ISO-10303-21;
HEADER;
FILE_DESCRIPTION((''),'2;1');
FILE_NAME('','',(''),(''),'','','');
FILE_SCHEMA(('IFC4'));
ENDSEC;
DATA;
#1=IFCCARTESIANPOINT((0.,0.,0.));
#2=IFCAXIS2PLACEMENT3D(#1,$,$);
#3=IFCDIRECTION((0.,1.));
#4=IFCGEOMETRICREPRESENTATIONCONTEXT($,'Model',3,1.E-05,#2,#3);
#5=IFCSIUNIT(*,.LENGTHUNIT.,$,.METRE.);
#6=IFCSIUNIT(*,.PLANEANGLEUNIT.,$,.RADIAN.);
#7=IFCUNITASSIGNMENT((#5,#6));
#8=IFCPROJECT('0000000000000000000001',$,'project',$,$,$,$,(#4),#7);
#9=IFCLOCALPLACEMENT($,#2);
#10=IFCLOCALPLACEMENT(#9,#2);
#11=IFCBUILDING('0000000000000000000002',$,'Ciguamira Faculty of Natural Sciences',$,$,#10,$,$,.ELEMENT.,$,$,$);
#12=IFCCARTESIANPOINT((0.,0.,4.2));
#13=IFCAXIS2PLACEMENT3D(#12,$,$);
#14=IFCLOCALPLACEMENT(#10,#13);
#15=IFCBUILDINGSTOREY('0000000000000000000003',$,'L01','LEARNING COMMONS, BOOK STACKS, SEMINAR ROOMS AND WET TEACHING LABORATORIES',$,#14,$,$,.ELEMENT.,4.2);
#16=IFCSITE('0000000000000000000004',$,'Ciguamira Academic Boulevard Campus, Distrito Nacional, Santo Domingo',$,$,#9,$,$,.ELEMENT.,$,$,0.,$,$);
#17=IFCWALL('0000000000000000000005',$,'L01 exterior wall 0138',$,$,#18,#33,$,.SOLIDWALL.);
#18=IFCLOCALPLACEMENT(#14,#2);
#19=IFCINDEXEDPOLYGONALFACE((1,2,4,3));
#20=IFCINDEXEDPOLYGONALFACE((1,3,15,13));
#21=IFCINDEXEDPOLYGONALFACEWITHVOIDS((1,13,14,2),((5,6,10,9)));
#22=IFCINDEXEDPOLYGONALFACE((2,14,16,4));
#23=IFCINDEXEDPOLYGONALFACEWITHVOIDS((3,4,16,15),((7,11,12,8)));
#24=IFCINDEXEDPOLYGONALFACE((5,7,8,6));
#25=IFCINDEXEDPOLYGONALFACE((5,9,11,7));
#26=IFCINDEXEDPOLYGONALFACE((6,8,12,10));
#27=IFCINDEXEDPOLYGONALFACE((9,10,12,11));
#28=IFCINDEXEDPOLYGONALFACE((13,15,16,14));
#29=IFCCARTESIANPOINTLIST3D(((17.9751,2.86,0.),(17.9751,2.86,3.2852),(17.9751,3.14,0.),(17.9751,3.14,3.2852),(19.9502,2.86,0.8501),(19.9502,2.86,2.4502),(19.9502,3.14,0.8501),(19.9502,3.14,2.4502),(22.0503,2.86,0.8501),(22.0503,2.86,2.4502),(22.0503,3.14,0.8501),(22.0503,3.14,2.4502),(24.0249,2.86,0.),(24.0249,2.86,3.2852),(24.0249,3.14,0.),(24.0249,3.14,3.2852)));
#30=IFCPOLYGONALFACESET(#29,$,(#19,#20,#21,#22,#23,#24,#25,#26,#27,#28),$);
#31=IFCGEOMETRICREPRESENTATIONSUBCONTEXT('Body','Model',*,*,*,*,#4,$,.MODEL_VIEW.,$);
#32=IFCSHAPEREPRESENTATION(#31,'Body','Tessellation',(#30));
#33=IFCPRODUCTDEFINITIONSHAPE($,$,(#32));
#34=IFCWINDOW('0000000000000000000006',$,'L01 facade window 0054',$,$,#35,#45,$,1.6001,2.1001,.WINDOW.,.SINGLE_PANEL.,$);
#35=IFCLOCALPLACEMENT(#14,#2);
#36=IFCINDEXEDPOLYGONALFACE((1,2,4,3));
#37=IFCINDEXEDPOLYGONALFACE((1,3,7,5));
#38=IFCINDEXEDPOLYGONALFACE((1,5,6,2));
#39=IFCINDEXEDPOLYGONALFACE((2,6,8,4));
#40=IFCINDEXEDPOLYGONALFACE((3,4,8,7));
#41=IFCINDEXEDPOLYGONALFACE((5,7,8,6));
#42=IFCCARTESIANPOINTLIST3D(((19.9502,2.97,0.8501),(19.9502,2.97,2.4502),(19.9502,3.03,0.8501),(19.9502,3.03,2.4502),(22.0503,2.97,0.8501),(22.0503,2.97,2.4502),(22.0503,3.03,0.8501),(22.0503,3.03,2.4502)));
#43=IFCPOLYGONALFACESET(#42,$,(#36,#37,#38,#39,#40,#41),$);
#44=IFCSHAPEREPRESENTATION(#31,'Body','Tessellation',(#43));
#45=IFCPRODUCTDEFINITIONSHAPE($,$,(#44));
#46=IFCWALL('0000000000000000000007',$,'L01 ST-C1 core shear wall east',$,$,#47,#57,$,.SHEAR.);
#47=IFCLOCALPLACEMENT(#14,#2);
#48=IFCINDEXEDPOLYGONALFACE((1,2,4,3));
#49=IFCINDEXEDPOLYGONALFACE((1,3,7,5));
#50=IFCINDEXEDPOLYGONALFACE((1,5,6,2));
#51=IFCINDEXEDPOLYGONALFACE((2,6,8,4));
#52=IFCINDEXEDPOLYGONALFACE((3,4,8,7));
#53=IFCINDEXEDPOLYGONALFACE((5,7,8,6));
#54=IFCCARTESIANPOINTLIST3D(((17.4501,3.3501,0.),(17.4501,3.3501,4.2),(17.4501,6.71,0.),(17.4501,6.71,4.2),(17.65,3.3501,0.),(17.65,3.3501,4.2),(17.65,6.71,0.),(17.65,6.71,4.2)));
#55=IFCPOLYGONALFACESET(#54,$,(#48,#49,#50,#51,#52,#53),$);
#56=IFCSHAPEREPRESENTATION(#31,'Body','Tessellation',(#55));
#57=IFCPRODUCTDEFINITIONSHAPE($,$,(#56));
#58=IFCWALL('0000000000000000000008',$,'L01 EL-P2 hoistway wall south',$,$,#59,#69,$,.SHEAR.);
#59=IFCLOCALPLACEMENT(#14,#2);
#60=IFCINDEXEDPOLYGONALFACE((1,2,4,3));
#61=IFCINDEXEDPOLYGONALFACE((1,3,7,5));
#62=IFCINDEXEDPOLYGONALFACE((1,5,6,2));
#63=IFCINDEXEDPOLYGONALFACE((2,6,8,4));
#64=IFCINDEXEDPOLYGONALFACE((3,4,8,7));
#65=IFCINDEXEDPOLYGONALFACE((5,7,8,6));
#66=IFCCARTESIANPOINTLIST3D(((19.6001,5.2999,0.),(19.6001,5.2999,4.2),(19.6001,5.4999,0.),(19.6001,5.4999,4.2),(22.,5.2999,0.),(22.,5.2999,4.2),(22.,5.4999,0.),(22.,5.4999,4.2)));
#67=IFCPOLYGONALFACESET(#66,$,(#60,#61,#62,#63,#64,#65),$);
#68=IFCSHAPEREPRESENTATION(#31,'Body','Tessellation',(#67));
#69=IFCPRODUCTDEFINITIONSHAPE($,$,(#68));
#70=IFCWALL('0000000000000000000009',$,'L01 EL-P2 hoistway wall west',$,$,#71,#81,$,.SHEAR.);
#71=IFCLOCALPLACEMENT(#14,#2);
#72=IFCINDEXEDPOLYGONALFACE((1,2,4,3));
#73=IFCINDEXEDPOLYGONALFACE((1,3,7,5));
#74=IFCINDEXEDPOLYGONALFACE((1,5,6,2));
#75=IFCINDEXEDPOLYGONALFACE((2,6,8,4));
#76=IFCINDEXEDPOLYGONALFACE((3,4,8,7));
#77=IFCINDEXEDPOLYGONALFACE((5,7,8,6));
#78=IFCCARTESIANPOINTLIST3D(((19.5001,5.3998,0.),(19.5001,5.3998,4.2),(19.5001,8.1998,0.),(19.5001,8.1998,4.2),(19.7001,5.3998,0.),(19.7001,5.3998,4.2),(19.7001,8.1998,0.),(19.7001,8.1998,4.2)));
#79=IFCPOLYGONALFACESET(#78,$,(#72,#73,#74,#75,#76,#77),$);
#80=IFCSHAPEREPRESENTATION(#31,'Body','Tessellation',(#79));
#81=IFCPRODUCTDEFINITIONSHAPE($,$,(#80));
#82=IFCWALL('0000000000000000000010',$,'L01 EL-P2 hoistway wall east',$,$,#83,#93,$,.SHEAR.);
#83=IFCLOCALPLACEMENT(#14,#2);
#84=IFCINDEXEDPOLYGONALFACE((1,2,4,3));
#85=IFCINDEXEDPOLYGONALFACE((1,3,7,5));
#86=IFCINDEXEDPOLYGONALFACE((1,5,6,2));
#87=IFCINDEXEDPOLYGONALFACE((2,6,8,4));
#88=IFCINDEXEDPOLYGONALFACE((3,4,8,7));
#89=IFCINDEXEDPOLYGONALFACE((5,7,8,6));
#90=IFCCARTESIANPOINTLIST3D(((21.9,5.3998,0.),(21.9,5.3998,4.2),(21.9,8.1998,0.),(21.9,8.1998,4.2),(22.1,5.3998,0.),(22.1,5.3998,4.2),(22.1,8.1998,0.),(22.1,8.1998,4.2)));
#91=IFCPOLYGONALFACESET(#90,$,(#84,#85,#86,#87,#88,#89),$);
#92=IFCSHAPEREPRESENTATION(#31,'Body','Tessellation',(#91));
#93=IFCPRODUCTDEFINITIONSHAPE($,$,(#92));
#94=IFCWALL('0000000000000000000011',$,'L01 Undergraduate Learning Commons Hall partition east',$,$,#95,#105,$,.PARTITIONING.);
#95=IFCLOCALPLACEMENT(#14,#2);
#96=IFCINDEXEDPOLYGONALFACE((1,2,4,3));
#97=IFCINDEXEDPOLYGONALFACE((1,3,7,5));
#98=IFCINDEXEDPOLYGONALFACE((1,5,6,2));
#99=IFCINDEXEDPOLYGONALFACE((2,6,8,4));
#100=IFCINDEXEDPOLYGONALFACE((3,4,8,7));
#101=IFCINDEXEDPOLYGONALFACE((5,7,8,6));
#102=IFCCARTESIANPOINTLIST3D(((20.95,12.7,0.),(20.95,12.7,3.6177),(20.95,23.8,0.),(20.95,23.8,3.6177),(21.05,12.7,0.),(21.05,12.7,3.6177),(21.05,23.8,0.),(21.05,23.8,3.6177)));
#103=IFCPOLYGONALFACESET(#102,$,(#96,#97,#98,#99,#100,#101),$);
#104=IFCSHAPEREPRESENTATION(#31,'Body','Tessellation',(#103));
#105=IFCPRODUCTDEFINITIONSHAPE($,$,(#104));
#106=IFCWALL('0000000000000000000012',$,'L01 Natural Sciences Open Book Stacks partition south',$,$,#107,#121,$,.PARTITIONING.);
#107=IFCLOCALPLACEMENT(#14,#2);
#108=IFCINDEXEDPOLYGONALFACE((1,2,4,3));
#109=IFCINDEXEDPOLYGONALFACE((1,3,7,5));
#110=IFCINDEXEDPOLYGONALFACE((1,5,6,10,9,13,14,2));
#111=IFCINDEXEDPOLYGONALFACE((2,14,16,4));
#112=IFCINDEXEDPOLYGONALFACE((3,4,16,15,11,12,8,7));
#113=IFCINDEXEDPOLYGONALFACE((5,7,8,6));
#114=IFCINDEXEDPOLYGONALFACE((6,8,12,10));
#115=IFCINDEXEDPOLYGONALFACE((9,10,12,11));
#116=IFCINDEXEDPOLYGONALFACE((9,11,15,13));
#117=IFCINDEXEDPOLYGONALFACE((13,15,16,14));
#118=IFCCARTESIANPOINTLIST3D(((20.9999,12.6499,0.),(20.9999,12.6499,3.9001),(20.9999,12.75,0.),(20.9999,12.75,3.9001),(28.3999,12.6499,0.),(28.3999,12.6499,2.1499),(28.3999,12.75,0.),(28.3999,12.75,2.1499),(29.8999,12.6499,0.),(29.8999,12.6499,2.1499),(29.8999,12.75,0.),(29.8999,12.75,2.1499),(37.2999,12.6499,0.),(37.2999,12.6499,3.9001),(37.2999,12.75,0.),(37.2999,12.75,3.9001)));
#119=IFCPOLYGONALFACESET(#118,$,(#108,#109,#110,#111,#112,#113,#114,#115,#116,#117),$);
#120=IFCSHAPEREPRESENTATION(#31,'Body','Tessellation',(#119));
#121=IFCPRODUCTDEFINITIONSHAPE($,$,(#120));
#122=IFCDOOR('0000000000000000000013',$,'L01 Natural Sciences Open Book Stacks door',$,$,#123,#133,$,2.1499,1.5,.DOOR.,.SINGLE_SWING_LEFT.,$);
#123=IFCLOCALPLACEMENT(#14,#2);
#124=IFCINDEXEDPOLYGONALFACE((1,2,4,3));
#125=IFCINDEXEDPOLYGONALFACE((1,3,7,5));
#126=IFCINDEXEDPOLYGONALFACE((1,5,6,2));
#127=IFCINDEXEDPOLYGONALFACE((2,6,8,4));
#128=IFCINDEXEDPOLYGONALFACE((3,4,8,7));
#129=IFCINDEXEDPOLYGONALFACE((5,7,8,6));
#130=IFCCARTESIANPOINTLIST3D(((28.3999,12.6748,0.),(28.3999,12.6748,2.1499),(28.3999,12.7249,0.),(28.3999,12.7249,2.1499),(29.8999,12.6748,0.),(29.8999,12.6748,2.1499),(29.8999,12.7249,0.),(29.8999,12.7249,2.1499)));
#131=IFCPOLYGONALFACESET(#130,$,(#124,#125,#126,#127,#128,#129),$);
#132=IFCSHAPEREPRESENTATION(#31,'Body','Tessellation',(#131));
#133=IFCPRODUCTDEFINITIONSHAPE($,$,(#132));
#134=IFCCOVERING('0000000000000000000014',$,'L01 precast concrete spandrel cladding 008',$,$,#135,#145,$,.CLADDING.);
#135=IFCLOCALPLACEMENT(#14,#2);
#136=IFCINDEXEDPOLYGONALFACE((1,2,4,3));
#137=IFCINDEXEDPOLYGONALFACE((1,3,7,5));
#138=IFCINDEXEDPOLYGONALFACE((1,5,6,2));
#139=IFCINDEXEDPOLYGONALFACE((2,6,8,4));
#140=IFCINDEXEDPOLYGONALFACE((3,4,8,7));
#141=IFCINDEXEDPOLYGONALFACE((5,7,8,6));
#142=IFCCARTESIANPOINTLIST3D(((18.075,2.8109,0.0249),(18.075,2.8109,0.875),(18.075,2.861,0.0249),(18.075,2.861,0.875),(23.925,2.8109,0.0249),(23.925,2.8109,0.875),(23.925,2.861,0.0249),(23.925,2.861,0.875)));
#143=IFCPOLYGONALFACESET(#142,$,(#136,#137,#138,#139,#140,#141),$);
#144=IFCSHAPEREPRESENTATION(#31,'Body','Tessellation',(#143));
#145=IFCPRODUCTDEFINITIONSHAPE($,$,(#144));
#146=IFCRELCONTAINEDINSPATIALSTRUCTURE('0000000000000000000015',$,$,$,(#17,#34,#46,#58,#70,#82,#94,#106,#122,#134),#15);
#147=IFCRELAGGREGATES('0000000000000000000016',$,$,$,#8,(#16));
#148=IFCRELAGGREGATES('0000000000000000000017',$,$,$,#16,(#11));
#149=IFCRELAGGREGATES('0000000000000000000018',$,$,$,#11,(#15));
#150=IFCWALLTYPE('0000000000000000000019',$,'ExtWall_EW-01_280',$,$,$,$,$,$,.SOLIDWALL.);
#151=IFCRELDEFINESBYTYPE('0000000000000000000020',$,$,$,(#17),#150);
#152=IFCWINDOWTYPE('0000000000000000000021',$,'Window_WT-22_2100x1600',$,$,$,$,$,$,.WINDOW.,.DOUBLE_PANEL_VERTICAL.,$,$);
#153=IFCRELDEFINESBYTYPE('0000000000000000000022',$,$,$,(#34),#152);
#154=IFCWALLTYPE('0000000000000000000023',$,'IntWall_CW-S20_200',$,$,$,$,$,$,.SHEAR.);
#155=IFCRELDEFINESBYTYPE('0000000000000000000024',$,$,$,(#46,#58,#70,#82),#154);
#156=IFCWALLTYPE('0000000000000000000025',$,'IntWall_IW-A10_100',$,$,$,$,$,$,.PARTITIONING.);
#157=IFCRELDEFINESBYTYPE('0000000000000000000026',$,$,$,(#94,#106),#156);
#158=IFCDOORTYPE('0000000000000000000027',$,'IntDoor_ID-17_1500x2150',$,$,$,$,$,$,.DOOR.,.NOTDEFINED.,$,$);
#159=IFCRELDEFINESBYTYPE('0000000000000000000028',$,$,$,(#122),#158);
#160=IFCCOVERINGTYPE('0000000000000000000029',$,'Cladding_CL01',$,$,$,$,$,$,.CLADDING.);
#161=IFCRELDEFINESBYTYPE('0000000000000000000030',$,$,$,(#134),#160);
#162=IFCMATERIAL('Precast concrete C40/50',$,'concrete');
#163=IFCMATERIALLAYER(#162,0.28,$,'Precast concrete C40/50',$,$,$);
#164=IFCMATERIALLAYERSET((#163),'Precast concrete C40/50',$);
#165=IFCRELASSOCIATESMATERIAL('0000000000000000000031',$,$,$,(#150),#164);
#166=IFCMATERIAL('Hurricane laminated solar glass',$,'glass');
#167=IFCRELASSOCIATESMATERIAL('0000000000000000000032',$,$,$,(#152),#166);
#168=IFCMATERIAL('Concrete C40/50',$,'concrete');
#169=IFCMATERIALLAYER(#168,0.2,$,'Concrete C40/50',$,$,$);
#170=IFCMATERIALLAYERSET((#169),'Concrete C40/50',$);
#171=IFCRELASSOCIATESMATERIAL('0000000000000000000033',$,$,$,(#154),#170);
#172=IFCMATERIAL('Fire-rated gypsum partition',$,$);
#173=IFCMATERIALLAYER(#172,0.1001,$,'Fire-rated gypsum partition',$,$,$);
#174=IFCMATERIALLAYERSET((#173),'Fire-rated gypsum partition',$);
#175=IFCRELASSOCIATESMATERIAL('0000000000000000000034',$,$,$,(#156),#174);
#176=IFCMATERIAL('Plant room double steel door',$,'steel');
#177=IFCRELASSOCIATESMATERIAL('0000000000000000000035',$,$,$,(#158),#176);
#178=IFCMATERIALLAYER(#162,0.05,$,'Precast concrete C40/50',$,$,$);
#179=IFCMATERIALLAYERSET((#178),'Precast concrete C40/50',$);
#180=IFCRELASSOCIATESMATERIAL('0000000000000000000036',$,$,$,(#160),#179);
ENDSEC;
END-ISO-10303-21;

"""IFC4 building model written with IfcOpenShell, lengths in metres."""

from ifc_helpers import new_model, si_unit, direction, frame, frame_2d, origin, origin_2d, place, context, subcontext, project, spatial, rectangle, extrude, material, layer, layer_set, type_object, element, fill, save


model = new_model("IFC4")

# Units and contexts
model_context = context("Model", 3, precision=1e-05, world=origin(), true_north=direction((0.0, 1.0)))
body_context = subcontext(model_context, "Body", "Model", "MODEL_VIEW")
ifc_project = project(units=[si_unit("LENGTHUNIT", "METRE"), si_unit("PLANEANGLEUNIT", "RADIAN")], contexts=[model_context])

# Site, building, storey
site_placement = place(None, origin())
site = spatial("IfcSite", under=ifc_project, at=site_placement, Name="Ciguamira Academic Boulevard Campus, Distrito Nacional, Santo Domingo", CompositionType="ELEMENT", RefElevation=0.0)
building_placement = place(site_placement, origin())
building = spatial("IfcBuilding", under=site, at=building_placement, Name="Ciguamira Faculty of Natural Sciences", CompositionType="ELEMENT")
storey_placement = place(building_placement, frame((0.0, 0.0, 4.2)))
storey = spatial("IfcBuildingStorey", under=building, at=storey_placement, Name="L01", Description="LEARNING COMMONS, BOOK STACKS, SEMINAR ROOMS AND WET TEACHING LABORATORIES", CompositionType="ELEMENT", Elevation=4.2)

# Shared definitions
ifc_material_1 = material(Name="Concrete C40/50", Category="concrete")

# Wall, opening, window
ifc_material_2 = material(Name="Precast concrete C40/50", Category="concrete")
ifc_layer_1 = layer(ifc_material_2, 0.28, Name="Precast concrete C40/50")
ifc_layer_set_1 = layer_set([ifc_layer_1], Name="Precast concrete C40/50")
wall_type_1 = type_object("IfcWallType", Name="ExtWall_EW-01_280", PredefinedType="SOLIDWALL", material=ifc_layer_set_1)
wall_1_placement = place(storey_placement, frame((17.9751, 3.0, 0.0), z_axis=(0.0, 0.0, 1.0), x_axis=(1.0, 0.0, 0.0)))
wall_1 = element("IfcWall", 1, at=wall_1_placement, inside=storey, type_object=wall_type_1, Name="L01 exterior wall 0138", PredefinedType="SOLIDWALL", context=body_context, shape_type="SweptSolid", body=[
    extrude(rectangle(XDim=6.0498, YDim=0.28, at=frame_2d((3.0249, 0.0))), origin(), (0.0, 0.0, 1.0), 3.2852),
])
opening_1_placement = place(wall_1_placement, frame((1.9751, 0.0, 0.8501)))
opening_1 = element("IfcOpeningElement", 2, at=opening_1_placement, cuts=wall_1, PredefinedType="OPENING", context=body_context, shape_type="SweptSolid", body=[
    extrude(rectangle(XDim=2.1001, YDim=1.6001, at=frame_2d((1.05, 0.8))), frame((0.0, 0.1499, 0.0), z_axis=(0.0, -1.0, 0.0), x_axis=(1.0, 0.0, 0.0)), (0.0, 0.0, 1.0), 0.3),
])
ifc_material_3 = material(Name="Hurricane laminated solar glass", Category="glass")
window_type = type_object("IfcWindowType", Name="Window_WT-22_2100x1600", PartitioningType="DOUBLE_PANEL_VERTICAL", PredefinedType="WINDOW", material=ifc_material_3)
window_placement = place(opening_1_placement, origin())
window = element("IfcWindow", 3, at=window_placement, inside=storey, type_object=window_type, Name="L01 facade window 0054", OverallHeight=1.6001, OverallWidth=2.1001, PartitioningType="SINGLE_PANEL", PredefinedType="WINDOW", context=body_context, shape_type="SweptSolid", body=[
    extrude(rectangle(XDim=2.1001, YDim=1.6001, at=frame_2d((1.05, 0.8))), frame((0.0, 0.03, 0.0), z_axis=(0.0, -1.0, 0.0), x_axis=(1.0, 0.0, 0.0)), (0.0, 0.0, 1.0), 0.0601),
])
fill(opening_1, window)

# Walls
ifc_layer_2 = layer(ifc_material_1, 0.2, Name="Concrete C40/50")
ifc_layer_set_2 = layer_set([ifc_layer_2], Name="Concrete C40/50")
wall_type_2 = type_object("IfcWallType", Name="IntWall_CW-S20_200", PredefinedType="SHEAR", material=ifc_layer_set_2)
wall_2_placement = place(storey_placement, frame((17.55, 3.3501, 0.0), z_axis=(0.0, 0.0, 1.0), x_axis=(0.0, 1.0, 0.0)))
element("IfcWall", 4, at=wall_2_placement, inside=storey, type_object=wall_type_2, Name="L01 ST-C1 core shear wall east", PredefinedType="SHEAR", context=body_context, shape_type="SweptSolid", body=[
    extrude(rectangle(XDim=3.3599, YDim=0.2, at=frame_2d((1.6799, 0.0))), origin(), (0.0, 0.0, 1.0), 4.2),
])
wall_3_placement = place(storey_placement, frame((19.6001, 5.3999, 0.0), z_axis=(0.0, 0.0, 1.0), x_axis=(1.0, 0.0, 0.0)))
element("IfcWall", 5, at=wall_3_placement, inside=storey, type_object=wall_type_2, Name="L01 EL-P2 hoistway wall south", PredefinedType="SHEAR", context=body_context, shape_type="SweptSolid", body=[
    extrude(rectangle(XDim=2.3999, YDim=0.2, at=frame_2d((1.2, 0.0))), origin(), (0.0, 0.0, 1.0), 4.2),
])

# Walls
for number, where, z_axis, x_axis, name in (
    (6, (19.6001, 5.3999, 0.0), (0.0, 0.0, 1.0), (0.0, 1.0, 0.0), "L01 EL-P2 hoistway wall west"),
    (7, (22.0, 5.3999, 0.0), (0.0, 0.0, 1.0), (0.0, 1.0, 0.0), "L01 EL-P2 hoistway wall east"),
):
    element("IfcWall", number, at=place(storey_placement, frame(where, z_axis=z_axis, x_axis=x_axis)), inside=storey, type_object=wall_type_2, Name=name, PredefinedType="SHEAR", context=body_context, shape_type="SweptSolid", body=[
        extrude(rectangle(XDim=2.8, YDim=0.2, at=frame_2d((1.3999, 0.0))), origin(), (0.0, 0.0, 1.0), 4.2),
    ])
ifc_material_4 = material(Name="Fire-rated gypsum partition")
ifc_layer_3 = layer(ifc_material_4, 0.1001, Name="Fire-rated gypsum partition")
ifc_layer_set_3 = layer_set([ifc_layer_3], Name="Fire-rated gypsum partition")
wall_type_3 = type_object("IfcWallType", Name="IntWall_IW-A10_100", PredefinedType="PARTITIONING", material=ifc_layer_set_3)
wall_4_placement = place(storey_placement, frame((21.0, 12.7, 0.0), z_axis=(0.0, 0.0, 1.0), x_axis=(0.0, 1.0, 0.0)))
element("IfcWall", 8, at=wall_4_placement, inside=storey, type_object=wall_type_3, Name="L01 Undergraduate Learning Commons Hall partition east", PredefinedType="PARTITIONING", context=body_context, shape_type="SweptSolid", body=[
    extrude(rectangle(XDim=11.1001, YDim=0.1001, at=frame_2d((5.55, 0.0))), origin(), (0.0, 0.0, 1.0), 3.6177),
])

# Wall, opening, door
wall_5_placement = place(storey_placement, frame((21.0, 12.7, 0.0), z_axis=(0.0, 0.0, 1.0), x_axis=(1.0, 0.0, 0.0)))
wall_5 = element("IfcWall", 9, at=wall_5_placement, inside=storey, type_object=wall_type_3, Name="L01 Natural Sciences Open Book Stacks partition south", PredefinedType="PARTITIONING", context=body_context, shape_type="SweptSolid", body=[
    extrude(rectangle(XDim=16.3, YDim=0.1001, at=frame_2d((8.1499, 0.0))), origin(), (0.0, 0.0, 1.0), 3.9001),
])
opening_2_placement = place(wall_5_placement, frame((7.3999, 0.0, 0.0)))
opening_2 = element("IfcOpeningElement", 10, at=opening_2_placement, cuts=wall_5, PredefinedType="OPENING", context=body_context, shape_type="SweptSolid", body=[
    extrude(rectangle(XDim=1.5, YDim=2.1499, at=frame_2d((0.75, 1.075))), frame((0.0, 0.0601, 0.0), z_axis=(0.0, -1.0, 0.0), x_axis=(1.0, 0.0, 0.0)), (0.0, 0.0, 1.0), 0.1201),
])
ifc_material_5 = material(Name="Plant room double steel door", Category="steel")
door_type_1 = type_object("IfcDoorType", Name="IntDoor_ID-17_1500x2150", OperationType="NOTDEFINED", PredefinedType="DOOR", material=ifc_material_5)
door_1_placement = place(opening_2_placement, origin())
door_1 = element("IfcDoor", 11, at=door_1_placement, inside=storey, type_object=door_type_1, Name="L01 Natural Sciences Open Book Stacks door", OperationType="SINGLE_SWING_LEFT", OverallHeight=2.1499, OverallWidth=1.5, PredefinedType="DOOR", context=body_context, shape_type="SweptSolid", body=[
    extrude(rectangle(XDim=1.5, YDim=2.1499, at=frame_2d((0.75, 1.075))), frame((0.0, 0.0249, 0.0), z_axis=(0.0, -1.0, 0.0), x_axis=(1.0, 0.0, 0.0)), (0.0, 0.0, 1.0), 0.05),
])
fill(opening_2, door_1)

# Covering
ifc_layer_4 = layer(ifc_material_2, 0.05, Name="Precast concrete C40/50")
ifc_layer_set_4 = layer_set([ifc_layer_4], Name="Precast concrete C40/50")
covering_type = type_object("IfcCoveringType", Name="Cladding_CL01", PredefinedType="CLADDING", material=ifc_layer_set_4)
covering_placement = place(storey_placement, frame((21.0, 2.8359, 0.0249), z_axis=(0.0, 0.0, 1.0), x_axis=(1.0, 0.0, 0.0)))
element("IfcCovering", 12, at=covering_placement, inside=storey, type_object=covering_type, Name="L01 precast concrete spandrel cladding 008", PredefinedType="CLADDING", context=body_context, shape_type="SweptSolid", body=[
    extrude(rectangle(XDim=5.8501, YDim=0.05, at=origin_2d()), origin(), (0.0, 0.0, 1.0), 0.8501),
])

save(model, "model.ifc")
